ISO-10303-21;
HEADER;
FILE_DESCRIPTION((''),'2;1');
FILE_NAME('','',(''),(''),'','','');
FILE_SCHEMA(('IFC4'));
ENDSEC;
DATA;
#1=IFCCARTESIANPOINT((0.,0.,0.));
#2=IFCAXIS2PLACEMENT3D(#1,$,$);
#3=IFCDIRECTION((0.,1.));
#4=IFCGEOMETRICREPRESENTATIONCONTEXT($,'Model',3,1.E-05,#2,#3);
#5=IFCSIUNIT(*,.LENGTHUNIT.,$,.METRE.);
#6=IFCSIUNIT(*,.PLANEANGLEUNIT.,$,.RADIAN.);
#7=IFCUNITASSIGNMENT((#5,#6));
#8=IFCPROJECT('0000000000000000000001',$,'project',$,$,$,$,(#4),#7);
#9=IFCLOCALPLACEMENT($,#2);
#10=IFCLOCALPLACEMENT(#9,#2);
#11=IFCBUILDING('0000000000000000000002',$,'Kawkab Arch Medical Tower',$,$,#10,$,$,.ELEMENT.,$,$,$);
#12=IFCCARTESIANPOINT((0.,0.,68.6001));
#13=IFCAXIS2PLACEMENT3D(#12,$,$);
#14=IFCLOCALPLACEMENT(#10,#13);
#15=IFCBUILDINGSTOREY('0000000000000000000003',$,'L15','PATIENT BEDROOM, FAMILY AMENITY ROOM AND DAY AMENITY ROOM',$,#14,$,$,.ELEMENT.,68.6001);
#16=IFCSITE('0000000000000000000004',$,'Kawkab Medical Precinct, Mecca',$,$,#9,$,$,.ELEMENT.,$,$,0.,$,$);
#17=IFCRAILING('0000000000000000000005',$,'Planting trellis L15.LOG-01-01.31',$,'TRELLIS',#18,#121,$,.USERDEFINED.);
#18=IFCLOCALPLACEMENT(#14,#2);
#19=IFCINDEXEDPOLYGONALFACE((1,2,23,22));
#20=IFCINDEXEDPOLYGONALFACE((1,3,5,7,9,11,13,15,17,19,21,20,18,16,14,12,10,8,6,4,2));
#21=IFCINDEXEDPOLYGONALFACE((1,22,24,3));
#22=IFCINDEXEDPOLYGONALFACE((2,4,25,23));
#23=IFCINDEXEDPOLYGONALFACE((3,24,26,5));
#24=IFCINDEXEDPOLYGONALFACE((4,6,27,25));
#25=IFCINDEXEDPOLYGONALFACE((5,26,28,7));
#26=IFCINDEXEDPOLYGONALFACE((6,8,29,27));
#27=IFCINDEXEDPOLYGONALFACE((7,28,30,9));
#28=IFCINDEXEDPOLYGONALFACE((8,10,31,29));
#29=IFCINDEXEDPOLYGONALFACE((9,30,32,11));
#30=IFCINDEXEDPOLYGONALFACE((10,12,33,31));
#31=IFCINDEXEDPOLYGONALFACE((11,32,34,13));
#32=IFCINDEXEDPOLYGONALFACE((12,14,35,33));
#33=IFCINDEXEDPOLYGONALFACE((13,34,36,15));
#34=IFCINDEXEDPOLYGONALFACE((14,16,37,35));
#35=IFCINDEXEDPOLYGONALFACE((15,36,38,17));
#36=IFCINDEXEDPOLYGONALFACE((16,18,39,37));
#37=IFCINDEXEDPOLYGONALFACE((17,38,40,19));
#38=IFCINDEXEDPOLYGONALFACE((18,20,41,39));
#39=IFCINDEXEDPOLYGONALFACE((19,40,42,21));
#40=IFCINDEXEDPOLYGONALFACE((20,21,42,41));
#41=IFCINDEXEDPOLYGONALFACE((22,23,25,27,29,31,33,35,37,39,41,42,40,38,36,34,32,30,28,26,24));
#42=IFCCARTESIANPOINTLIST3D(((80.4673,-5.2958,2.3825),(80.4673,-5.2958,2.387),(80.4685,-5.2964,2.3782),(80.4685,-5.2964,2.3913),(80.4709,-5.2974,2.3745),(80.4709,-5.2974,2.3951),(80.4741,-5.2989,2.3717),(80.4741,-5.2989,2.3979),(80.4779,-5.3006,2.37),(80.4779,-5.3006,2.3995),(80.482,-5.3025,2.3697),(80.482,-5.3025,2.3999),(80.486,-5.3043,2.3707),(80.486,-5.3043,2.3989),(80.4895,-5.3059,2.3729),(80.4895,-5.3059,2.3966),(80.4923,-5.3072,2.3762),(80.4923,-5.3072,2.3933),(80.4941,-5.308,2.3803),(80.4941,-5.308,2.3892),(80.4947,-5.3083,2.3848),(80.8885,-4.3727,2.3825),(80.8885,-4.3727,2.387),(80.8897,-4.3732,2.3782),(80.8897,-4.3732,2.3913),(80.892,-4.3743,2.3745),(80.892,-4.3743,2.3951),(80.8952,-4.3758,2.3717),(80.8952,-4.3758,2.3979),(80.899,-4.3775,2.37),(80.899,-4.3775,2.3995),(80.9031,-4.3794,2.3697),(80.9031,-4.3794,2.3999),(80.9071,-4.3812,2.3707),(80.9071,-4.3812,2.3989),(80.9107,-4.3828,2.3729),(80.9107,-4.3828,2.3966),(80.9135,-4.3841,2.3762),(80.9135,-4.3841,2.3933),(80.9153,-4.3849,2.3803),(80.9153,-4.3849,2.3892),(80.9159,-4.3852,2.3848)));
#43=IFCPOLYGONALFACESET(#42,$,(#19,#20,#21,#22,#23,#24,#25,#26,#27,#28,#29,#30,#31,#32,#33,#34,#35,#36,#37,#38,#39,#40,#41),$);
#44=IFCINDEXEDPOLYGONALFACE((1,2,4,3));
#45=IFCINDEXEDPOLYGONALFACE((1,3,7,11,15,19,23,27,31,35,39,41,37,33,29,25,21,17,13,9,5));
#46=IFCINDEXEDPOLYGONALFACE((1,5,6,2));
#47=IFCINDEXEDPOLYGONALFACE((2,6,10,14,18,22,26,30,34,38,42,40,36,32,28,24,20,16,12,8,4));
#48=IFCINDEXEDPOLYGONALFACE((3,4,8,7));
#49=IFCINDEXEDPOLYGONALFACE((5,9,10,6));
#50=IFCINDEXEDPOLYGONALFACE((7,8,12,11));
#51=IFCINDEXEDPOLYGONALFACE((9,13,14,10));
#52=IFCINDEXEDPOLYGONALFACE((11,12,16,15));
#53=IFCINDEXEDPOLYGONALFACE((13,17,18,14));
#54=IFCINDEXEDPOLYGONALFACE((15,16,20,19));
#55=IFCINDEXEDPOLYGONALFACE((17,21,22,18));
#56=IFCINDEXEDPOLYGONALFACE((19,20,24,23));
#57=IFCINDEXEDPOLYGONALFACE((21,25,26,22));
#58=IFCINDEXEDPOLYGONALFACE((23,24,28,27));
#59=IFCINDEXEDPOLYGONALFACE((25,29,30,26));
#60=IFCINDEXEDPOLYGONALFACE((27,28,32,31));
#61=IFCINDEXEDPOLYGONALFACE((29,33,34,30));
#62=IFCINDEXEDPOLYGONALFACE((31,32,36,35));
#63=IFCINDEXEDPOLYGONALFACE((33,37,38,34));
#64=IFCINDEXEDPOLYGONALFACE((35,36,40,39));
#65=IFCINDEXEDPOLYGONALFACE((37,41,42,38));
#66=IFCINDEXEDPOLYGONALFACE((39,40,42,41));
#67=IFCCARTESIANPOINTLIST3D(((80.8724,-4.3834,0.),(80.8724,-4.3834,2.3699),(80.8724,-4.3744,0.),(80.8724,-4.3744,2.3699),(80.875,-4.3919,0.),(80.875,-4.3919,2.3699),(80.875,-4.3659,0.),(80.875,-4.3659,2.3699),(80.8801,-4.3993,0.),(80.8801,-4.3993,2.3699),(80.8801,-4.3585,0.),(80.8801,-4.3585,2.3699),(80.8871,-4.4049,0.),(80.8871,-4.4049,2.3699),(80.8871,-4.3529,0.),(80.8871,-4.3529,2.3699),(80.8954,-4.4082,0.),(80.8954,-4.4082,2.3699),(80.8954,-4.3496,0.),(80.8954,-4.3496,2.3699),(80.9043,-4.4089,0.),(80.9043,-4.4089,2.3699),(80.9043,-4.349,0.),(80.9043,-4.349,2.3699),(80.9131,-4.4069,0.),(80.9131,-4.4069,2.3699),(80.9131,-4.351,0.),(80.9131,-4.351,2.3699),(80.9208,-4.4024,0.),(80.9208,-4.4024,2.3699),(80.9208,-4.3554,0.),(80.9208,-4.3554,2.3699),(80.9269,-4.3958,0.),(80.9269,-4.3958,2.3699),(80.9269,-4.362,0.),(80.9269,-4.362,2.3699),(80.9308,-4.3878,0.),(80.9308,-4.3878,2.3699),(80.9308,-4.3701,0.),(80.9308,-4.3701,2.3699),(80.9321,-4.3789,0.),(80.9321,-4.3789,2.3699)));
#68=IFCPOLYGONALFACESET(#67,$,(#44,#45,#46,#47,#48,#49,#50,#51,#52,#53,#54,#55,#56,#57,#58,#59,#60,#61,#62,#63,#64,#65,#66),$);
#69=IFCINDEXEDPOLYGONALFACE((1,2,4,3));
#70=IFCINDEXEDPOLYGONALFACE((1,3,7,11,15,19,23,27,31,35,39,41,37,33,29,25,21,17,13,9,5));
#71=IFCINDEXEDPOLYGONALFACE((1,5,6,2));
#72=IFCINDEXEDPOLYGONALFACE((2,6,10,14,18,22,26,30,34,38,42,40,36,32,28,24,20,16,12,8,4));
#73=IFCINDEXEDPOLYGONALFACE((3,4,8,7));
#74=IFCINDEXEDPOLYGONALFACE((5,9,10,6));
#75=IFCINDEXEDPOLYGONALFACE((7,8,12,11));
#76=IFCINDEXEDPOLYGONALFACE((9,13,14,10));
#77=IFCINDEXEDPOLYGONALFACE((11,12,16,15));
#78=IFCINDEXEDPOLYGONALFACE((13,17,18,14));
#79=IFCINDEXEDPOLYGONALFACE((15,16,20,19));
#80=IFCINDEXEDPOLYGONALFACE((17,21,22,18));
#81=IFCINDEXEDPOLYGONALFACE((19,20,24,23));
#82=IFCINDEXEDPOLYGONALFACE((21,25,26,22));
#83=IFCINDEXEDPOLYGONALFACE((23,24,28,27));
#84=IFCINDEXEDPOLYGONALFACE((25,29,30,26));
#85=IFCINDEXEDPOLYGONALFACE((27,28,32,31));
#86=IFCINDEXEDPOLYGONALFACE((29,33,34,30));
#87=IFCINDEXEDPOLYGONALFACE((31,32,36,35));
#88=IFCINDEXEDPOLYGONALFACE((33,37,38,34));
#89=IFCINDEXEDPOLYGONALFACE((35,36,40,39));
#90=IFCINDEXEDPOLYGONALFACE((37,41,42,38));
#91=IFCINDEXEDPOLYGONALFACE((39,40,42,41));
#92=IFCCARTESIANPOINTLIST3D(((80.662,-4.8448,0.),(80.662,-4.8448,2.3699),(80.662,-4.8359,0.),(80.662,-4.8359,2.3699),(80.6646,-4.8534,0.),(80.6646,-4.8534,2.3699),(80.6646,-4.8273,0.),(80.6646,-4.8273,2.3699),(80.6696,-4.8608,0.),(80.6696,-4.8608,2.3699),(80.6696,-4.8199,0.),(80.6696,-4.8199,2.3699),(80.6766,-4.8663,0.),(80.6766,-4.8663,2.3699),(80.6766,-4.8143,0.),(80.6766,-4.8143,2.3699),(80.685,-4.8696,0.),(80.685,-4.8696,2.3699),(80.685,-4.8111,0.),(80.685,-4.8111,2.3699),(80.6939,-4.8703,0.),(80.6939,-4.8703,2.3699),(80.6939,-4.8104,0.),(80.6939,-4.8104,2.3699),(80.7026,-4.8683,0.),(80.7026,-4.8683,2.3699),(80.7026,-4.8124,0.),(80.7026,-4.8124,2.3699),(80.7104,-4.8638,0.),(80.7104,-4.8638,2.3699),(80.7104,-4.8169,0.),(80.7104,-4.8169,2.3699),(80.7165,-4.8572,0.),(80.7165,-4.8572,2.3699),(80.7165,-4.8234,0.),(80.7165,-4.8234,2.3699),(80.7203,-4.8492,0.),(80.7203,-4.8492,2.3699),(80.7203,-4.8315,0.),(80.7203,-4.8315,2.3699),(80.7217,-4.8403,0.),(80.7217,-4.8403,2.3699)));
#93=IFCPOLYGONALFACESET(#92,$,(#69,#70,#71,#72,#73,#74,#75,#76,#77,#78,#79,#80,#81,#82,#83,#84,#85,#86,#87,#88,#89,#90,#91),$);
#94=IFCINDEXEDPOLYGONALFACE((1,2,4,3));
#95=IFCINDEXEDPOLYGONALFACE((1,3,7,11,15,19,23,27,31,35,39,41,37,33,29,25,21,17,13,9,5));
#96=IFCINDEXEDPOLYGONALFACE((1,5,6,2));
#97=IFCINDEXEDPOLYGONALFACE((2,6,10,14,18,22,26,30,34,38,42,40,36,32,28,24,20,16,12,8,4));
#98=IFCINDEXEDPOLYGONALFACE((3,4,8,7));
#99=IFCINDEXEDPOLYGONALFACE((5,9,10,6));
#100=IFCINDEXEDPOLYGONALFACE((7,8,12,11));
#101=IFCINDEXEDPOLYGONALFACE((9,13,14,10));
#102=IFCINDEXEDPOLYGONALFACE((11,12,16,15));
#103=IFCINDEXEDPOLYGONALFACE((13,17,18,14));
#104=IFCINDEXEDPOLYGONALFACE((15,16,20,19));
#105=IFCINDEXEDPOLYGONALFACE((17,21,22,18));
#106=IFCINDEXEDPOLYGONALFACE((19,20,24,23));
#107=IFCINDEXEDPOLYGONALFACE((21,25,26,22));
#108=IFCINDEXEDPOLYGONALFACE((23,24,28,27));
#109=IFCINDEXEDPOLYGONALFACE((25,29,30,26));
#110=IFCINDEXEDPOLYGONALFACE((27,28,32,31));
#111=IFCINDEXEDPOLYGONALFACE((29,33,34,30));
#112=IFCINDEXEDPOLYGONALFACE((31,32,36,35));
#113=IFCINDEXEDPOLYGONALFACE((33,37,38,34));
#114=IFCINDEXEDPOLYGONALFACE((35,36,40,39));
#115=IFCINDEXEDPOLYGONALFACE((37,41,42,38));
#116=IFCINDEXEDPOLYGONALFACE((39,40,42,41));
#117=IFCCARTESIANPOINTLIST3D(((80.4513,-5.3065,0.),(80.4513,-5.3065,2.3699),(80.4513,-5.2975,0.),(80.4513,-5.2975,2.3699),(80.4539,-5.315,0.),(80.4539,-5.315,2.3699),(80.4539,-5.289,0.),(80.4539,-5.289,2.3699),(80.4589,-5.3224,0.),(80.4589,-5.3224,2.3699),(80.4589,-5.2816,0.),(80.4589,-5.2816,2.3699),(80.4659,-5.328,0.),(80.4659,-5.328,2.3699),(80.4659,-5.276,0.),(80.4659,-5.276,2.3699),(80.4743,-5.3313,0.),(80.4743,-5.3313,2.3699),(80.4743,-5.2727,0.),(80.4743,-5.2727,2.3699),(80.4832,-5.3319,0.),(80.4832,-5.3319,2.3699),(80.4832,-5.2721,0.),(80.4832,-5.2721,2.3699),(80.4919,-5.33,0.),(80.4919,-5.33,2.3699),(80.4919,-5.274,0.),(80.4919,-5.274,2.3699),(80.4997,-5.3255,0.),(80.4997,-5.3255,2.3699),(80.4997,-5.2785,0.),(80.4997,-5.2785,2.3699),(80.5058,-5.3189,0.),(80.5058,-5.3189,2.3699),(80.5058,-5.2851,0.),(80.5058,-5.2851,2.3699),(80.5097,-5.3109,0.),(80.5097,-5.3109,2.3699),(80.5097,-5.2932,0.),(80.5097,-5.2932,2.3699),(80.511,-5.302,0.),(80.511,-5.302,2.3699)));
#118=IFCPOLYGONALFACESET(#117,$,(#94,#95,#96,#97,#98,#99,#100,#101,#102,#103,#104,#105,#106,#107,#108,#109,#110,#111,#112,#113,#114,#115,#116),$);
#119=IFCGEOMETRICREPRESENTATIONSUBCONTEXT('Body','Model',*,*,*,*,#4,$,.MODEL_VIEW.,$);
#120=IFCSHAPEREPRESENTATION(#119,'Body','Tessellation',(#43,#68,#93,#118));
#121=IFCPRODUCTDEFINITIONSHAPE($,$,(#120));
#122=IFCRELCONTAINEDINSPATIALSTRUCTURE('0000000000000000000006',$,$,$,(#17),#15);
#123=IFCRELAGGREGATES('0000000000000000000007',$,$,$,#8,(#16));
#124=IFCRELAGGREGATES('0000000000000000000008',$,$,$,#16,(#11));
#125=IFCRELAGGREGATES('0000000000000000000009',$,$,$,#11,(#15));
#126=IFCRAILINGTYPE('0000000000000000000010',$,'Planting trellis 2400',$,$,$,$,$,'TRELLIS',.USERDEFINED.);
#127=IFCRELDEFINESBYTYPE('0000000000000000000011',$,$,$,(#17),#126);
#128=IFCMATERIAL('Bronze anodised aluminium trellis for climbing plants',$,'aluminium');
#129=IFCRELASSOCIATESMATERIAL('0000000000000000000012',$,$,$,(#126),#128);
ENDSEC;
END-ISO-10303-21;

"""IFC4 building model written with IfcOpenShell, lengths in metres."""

from ifc_helpers import new_model, si_unit, direction, frame, origin, origin_2d, place, context, subcontext, project, spatial, circle, extrude, material, type_object, element, save


model = new_model("IFC4")

# Units and contexts
model_context = context("Model", 3, precision=1e-05, world=origin(), true_north=direction((0.0, 1.0)))
body_context = subcontext(model_context, "Body", "Model", "MODEL_VIEW")
ifc_project = project(units=[si_unit("LENGTHUNIT", "METRE"), si_unit("PLANEANGLEUNIT", "RADIAN")], contexts=[model_context])

# Site, building, storey
site_placement = place(None, origin())
site = spatial("IfcSite", under=ifc_project, at=site_placement, Name="Kawkab Medical Precinct, Mecca", CompositionType="ELEMENT", RefElevation=0.0)
building_placement = place(site_placement, origin())
building = spatial("IfcBuilding", under=site, at=building_placement, Name="Kawkab Arch Medical Tower", CompositionType="ELEMENT")
storey_placement = place(building_placement, frame((0.0, 0.0, 68.6001)))
storey = spatial("IfcBuildingStorey", under=building, at=storey_placement, Name="L15", Description="PATIENT BEDROOM, FAMILY AMENITY ROOM AND DAY AMENITY ROOM", CompositionType="ELEMENT", Elevation=68.6001)

# Railing
ifc_material_1 = material(Name="Bronze anodised aluminium trellis for climbing plants", Category="aluminium")
railing_type = type_object("IfcRailingType", Name="Planting trellis 2400", ElementType="TRELLIS", PredefinedType="USERDEFINED", material=ifc_material_1)
railing_1_placement = place(storey_placement, frame((80.9021, -4.3789, 0.0)))
element("IfcRailing", 1, at=railing_1_placement, inside=storey, type_object=railing_type, Name="Planting trellis L15.LOG-01-01.31", ObjectType="TRELLIS", PredefinedType="USERDEFINED", context=body_context, shape_type="SweptSolid", body=[
    extrude(circle(Radius=0.0151, at=origin_2d()), frame((0.0, 0.0, 2.3848), z_axis=(-0.415072, -0.909789, 0.0), x_axis=(0.909789, -0.415072, 0.0)), (0.0, 0.0, 1.0), 1.0146),
    extrude(circle(Radius=0.03, at=origin_2d()), origin(), (0.0, 0.0, 1.0), 2.3699),
    extrude(circle(Radius=0.03, at=origin_2d()), frame((-0.2104, -0.4614, 0.0)), (0.0, 0.0, 1.0), 2.3699),
    extrude(circle(Radius=0.03, at=origin_2d()), frame((-0.4211, -0.9231, 0.0)), (0.0, 0.0, 1.0), 2.3699),
])

save(model, "model.ifc")
